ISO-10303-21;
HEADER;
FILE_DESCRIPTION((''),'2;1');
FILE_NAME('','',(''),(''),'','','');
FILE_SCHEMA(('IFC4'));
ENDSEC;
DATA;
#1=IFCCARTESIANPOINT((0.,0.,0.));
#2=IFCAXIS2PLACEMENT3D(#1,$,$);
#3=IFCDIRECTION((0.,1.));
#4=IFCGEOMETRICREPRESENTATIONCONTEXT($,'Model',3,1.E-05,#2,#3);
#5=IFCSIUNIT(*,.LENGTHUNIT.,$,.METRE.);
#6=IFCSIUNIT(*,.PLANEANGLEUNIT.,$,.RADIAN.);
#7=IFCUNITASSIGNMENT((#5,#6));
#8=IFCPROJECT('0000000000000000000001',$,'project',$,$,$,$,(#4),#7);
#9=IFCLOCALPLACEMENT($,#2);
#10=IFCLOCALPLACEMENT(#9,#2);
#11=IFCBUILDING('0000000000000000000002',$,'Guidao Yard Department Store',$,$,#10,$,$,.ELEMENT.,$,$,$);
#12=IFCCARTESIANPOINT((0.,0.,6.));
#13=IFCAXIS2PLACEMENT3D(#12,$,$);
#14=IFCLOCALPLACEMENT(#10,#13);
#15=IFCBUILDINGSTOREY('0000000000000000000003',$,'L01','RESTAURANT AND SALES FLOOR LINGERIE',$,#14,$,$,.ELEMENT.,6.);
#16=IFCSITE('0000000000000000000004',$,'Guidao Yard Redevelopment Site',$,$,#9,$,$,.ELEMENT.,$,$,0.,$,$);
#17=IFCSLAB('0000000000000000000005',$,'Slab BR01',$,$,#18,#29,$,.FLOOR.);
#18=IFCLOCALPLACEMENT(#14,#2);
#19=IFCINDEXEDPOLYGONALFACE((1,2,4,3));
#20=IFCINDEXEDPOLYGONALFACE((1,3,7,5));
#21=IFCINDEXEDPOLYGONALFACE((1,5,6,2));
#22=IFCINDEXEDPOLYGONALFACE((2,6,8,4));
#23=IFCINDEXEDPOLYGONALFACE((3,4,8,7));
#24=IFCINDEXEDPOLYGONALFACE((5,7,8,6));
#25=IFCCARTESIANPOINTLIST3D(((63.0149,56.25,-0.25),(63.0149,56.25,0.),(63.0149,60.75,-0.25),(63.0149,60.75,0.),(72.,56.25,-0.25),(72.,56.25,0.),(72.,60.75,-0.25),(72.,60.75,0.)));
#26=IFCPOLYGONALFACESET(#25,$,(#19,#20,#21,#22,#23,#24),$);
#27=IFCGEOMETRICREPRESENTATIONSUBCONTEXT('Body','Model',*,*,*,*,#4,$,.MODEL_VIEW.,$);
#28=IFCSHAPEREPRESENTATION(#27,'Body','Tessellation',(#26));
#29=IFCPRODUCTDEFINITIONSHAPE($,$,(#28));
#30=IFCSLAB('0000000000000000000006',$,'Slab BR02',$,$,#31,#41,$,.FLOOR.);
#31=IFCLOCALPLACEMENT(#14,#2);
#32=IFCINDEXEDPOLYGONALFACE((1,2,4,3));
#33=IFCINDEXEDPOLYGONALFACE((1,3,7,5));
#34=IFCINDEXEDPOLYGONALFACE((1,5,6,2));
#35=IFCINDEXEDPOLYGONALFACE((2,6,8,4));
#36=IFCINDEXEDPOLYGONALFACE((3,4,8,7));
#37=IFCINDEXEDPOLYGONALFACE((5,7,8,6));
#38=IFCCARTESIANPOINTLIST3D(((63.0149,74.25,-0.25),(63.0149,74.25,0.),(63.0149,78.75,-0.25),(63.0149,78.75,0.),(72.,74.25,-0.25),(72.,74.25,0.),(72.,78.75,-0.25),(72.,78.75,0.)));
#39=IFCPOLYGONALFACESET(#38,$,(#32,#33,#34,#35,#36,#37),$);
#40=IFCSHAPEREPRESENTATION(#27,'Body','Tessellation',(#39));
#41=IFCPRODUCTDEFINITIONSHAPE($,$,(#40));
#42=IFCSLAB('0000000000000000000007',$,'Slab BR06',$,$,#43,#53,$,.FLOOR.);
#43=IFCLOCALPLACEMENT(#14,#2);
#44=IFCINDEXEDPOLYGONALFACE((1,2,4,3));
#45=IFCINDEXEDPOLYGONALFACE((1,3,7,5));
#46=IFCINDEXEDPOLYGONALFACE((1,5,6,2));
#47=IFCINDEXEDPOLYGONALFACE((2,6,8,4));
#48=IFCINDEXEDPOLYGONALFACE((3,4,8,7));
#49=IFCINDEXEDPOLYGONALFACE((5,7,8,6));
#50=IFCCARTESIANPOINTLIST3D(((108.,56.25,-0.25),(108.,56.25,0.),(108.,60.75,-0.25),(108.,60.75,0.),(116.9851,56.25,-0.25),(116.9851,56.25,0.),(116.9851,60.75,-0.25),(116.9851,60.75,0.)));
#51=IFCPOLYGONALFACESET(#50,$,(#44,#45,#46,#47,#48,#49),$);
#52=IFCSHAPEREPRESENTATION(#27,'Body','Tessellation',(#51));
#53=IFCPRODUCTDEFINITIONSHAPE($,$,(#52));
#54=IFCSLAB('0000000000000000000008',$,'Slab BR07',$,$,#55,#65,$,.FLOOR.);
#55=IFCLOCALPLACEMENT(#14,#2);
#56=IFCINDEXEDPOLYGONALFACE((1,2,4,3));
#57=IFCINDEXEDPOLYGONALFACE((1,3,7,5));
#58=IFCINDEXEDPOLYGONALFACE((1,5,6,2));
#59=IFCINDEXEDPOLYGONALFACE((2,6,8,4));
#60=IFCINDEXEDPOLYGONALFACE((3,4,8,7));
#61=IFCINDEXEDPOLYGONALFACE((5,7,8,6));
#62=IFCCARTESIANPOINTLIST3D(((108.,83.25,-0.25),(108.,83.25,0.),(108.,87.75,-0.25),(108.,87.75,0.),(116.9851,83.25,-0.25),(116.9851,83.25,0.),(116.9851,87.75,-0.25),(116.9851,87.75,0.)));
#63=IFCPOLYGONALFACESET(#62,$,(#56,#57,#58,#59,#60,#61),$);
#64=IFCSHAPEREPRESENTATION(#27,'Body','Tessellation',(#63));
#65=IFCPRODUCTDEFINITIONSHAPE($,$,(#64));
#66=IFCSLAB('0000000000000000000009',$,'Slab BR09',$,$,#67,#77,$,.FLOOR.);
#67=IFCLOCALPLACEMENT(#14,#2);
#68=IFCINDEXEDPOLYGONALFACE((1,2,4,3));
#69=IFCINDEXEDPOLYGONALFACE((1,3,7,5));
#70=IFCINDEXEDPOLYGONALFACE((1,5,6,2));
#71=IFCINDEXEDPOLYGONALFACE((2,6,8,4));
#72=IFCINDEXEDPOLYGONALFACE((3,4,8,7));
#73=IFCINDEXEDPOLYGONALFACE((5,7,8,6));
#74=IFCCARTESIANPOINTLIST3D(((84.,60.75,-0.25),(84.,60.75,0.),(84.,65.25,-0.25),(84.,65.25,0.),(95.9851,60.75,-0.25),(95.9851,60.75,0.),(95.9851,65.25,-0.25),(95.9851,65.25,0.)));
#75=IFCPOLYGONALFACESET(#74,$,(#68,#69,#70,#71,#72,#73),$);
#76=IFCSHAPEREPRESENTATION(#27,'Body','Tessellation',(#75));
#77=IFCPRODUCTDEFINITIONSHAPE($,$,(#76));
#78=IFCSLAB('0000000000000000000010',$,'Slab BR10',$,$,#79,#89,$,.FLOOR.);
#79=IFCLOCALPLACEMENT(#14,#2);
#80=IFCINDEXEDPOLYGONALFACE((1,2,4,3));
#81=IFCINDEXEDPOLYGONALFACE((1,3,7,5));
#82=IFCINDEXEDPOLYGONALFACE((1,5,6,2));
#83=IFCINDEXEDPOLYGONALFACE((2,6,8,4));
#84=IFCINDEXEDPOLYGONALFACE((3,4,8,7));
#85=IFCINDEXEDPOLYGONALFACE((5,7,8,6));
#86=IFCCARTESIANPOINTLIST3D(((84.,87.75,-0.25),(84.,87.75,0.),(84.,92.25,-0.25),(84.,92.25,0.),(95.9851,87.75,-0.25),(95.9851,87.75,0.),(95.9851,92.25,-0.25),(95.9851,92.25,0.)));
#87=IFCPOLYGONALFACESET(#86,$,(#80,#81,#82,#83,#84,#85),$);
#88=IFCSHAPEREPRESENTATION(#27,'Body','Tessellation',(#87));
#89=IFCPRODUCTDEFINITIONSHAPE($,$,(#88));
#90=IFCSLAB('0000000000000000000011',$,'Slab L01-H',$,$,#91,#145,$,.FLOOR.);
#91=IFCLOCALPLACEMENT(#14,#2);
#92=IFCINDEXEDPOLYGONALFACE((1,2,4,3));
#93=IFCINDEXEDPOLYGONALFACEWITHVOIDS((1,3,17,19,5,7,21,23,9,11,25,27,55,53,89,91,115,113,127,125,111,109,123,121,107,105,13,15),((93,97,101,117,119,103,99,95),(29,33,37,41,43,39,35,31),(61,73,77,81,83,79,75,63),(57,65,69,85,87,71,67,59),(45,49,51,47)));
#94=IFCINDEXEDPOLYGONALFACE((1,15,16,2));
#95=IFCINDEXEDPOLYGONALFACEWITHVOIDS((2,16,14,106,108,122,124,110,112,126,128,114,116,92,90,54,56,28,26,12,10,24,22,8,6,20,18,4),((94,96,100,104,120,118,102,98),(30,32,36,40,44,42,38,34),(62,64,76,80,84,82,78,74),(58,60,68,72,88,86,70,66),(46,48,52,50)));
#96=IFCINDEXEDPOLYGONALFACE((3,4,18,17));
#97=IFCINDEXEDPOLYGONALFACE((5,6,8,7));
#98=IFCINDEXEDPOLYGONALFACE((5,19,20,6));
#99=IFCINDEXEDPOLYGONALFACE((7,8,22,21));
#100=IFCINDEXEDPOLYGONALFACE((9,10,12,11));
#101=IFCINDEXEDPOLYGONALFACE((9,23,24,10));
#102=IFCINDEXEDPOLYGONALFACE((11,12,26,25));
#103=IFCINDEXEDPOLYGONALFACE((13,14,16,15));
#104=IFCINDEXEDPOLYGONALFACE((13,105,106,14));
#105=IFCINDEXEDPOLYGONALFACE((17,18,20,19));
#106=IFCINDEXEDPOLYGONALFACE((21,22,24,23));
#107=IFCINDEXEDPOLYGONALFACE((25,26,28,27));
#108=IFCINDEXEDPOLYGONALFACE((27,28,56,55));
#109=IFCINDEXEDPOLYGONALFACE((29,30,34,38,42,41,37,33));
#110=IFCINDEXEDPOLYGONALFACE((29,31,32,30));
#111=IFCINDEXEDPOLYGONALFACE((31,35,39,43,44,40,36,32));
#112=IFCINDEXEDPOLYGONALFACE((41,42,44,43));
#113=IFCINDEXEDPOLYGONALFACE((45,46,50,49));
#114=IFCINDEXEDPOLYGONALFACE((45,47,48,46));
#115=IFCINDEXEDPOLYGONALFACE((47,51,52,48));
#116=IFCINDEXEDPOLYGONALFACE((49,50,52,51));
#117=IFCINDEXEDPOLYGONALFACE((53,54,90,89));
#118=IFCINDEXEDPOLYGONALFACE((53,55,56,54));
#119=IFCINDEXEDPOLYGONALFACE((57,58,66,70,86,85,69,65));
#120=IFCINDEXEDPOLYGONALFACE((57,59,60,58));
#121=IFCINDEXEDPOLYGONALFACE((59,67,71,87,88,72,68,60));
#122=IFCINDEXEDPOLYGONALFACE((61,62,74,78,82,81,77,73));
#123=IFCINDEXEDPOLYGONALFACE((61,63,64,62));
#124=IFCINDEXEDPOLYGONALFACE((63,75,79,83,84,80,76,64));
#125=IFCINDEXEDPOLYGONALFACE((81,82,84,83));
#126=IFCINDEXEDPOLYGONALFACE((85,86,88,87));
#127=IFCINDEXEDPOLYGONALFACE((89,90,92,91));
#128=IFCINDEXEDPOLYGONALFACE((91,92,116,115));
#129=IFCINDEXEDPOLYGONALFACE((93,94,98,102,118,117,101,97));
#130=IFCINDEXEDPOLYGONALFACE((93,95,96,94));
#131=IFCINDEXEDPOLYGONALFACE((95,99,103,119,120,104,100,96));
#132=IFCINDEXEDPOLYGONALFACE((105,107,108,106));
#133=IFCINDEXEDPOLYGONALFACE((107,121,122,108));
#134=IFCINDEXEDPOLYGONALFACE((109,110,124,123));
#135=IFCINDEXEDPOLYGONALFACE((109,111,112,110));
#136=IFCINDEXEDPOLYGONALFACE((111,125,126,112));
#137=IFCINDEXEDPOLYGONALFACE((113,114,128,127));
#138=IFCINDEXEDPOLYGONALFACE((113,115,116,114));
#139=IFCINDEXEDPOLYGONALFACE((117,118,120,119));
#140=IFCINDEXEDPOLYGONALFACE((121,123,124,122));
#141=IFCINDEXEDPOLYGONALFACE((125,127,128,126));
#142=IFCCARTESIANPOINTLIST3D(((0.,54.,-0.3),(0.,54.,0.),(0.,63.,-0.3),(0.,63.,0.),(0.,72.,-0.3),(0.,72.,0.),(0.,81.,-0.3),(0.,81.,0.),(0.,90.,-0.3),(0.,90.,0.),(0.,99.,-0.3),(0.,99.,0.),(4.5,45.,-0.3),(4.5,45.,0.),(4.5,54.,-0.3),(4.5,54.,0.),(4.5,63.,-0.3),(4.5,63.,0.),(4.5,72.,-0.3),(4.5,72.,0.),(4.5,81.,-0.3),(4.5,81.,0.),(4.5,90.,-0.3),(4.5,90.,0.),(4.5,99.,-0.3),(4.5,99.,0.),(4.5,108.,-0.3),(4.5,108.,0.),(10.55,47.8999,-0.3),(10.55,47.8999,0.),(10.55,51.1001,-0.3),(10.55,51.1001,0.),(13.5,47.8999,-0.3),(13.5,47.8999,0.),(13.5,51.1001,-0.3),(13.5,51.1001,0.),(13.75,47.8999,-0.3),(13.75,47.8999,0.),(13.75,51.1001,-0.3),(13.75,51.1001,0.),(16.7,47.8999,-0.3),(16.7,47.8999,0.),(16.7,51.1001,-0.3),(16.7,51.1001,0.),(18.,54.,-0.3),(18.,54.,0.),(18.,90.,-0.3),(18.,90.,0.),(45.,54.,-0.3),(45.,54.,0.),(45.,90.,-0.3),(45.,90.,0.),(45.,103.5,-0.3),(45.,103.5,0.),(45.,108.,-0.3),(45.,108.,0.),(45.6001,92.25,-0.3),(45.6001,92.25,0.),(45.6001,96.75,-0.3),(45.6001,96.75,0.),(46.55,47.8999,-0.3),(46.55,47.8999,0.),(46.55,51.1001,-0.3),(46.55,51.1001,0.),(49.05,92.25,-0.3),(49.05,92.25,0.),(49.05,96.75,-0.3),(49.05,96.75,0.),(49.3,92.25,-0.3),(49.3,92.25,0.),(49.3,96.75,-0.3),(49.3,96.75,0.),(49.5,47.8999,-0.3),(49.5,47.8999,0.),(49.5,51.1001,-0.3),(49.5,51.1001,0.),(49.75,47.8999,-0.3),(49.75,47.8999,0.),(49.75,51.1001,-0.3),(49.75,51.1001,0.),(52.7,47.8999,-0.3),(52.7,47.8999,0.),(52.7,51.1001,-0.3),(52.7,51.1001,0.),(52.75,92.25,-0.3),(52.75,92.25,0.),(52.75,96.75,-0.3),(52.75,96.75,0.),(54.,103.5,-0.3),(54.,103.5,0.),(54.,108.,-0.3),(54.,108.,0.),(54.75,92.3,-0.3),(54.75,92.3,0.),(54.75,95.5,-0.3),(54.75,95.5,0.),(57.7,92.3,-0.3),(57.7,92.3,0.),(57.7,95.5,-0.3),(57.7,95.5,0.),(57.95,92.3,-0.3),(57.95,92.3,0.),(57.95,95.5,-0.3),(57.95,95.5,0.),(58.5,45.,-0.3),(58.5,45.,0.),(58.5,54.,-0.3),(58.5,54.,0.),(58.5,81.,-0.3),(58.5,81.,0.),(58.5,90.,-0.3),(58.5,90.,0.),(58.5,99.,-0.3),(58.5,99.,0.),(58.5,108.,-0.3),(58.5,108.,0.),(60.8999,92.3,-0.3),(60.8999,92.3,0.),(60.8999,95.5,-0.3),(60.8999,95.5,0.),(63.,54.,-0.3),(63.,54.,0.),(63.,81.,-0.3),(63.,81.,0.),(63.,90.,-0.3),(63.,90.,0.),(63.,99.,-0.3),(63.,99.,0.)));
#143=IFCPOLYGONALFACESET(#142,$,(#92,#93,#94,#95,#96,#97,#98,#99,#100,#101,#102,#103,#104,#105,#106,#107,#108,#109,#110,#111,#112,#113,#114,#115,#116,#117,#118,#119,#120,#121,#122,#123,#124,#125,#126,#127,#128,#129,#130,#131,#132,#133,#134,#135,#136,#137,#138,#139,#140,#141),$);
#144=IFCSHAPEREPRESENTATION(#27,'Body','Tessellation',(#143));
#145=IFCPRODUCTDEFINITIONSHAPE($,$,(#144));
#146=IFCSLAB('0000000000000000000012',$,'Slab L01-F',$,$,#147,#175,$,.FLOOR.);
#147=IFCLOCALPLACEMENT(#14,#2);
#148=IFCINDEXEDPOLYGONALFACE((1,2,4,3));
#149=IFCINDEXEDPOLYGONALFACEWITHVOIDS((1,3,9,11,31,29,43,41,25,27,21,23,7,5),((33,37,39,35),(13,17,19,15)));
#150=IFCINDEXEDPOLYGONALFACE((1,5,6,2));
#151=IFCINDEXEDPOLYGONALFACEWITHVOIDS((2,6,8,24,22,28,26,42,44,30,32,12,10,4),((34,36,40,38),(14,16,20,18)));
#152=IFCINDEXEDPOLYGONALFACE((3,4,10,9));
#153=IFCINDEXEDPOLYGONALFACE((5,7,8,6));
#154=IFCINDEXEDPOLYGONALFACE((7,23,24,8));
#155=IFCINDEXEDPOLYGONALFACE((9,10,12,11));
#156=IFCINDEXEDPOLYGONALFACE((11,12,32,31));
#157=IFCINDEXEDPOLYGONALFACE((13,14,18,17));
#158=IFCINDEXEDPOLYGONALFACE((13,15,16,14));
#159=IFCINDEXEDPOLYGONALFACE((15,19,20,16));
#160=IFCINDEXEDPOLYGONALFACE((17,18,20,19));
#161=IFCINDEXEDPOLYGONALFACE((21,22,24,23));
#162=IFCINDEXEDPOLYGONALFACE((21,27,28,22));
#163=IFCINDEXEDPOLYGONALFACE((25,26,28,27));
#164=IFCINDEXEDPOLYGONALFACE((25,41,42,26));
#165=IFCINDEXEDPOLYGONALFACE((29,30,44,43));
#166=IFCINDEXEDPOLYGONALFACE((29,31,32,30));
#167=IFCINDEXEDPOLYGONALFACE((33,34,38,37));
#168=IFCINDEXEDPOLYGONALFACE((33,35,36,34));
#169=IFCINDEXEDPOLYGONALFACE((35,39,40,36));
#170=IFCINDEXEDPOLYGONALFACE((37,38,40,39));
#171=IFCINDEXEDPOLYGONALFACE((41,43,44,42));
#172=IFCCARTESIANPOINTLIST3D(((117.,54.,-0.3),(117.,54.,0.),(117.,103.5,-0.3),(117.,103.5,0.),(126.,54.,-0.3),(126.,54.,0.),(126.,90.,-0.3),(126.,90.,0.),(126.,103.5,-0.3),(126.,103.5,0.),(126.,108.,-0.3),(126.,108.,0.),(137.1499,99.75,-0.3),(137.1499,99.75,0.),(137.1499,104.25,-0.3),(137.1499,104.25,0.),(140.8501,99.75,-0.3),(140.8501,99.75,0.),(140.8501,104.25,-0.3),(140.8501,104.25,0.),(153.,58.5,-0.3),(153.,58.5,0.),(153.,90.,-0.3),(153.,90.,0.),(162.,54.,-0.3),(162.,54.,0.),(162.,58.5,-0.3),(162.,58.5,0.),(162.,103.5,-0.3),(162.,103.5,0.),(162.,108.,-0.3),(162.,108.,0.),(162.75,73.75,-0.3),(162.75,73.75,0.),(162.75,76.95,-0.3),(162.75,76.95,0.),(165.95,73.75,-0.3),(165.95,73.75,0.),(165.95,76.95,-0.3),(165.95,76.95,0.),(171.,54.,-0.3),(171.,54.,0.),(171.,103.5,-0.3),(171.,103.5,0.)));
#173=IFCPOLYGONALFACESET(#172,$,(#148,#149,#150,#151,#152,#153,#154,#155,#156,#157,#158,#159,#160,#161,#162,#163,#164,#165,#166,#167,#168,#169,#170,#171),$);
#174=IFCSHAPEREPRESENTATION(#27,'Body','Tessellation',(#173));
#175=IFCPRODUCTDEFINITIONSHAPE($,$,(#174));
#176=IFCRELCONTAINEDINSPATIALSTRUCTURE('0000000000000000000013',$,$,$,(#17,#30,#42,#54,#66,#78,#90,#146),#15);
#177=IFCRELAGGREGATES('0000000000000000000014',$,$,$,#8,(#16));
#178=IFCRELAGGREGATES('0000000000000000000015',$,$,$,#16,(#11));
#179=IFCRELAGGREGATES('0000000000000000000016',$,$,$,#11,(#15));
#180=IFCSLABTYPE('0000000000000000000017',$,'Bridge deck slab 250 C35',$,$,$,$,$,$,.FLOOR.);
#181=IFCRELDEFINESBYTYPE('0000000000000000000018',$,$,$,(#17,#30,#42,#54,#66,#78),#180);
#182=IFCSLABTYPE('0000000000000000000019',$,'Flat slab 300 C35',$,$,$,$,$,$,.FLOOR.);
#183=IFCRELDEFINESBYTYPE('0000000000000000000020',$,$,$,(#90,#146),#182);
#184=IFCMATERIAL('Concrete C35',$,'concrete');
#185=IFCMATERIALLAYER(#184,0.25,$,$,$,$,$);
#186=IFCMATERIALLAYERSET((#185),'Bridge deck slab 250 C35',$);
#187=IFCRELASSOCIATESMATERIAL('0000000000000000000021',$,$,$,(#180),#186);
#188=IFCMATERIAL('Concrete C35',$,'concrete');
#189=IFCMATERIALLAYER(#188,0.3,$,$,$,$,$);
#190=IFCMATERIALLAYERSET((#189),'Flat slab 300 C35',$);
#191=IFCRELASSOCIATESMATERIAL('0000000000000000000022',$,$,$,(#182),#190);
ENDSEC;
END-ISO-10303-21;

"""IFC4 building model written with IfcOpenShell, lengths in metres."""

from ifc_helpers import new_model, si_unit, direction, frame, origin, place, context, subcontext, project, spatial, polyline, outline, extrude, material, layer, layer_set, type_object, element, save


model = new_model("IFC4")

# Units and contexts
model_context = context("Model", 3, precision=1e-05, world=origin(), true_north=direction((0.0, 1.0)))
body_context = subcontext(model_context, "Body", "Model", "MODEL_VIEW")
ifc_project = project(units=[si_unit("LENGTHUNIT", "METRE"), si_unit("PLANEANGLEUNIT", "RADIAN")], contexts=[model_context])

# Site, building, storey
site_placement = place(None, origin())
site = spatial("IfcSite", under=ifc_project, at=site_placement, Name="Guidao Yard Redevelopment Site", CompositionType="ELEMENT", RefElevation=0.0)
building_placement = place(site_placement, origin())
building = spatial("IfcBuilding", under=site, at=building_placement, Name="Guidao Yard Department Store", CompositionType="ELEMENT")
storey_placement = place(building_placement, frame((0.0, 0.0, 6.0)))
storey = spatial("IfcBuildingStorey", under=building, at=storey_placement, Name="L01", Description="RESTAURANT AND SALES FLOOR LINGERIE", CompositionType="ELEMENT", Elevation=6.0)

# Slabs
ifc_material_1 = material(Name="Concrete C35", Category="concrete")
ifc_layer_1 = layer(ifc_material_1, 0.25)
ifc_layer_set_1 = layer_set([ifc_layer_1], Name="Bridge deck slab 250 C35")
slab_type_1 = type_object("IfcSlabType", Name="Bridge deck slab 250 C35", PredefinedType="FLOOR", material=ifc_layer_set_1)
slab_1_placement = place(storey_placement, frame((0.0, 0.0, -0.25)))
element("IfcSlab", 1, at=slab_1_placement, inside=storey, type_object=slab_type_1, Name="Slab BR01", PredefinedType="FLOOR", context=body_context, shape_type="SweptSolid", body=[
    extrude(outline(polyline([(63.0149, 56.25), (63.0149, 60.75), (72.0, 60.75), (72.0, 56.25), (63.0149, 56.25)])), origin(), (0.0, 0.0, 1.0), 0.25),
])
slab_2_placement = place(storey_placement, frame((0.0, 0.0, -0.25)))
element("IfcSlab", 2, at=slab_2_placement, inside=storey, type_object=slab_type_1, Name="Slab BR02", PredefinedType="FLOOR", context=body_context, shape_type="SweptSolid", body=[
    extrude(outline(polyline([(63.0149, 74.25), (63.0149, 78.75), (72.0, 78.75), (72.0, 74.25), (63.0149, 74.25)])), origin(), (0.0, 0.0, 1.0), 0.25),
])
slab_3_placement = place(storey_placement, frame((0.0, 0.0, -0.25)))
element("IfcSlab", 3, at=slab_3_placement, inside=storey, type_object=slab_type_1, Name="Slab BR06", PredefinedType="FLOOR", context=body_context, shape_type="SweptSolid", body=[
    extrude(outline(polyline([(108.0, 56.25), (108.0, 60.75), (116.9851, 60.75), (116.9851, 56.25), (108.0, 56.25)])), origin(), (0.0, 0.0, 1.0), 0.25),
])
slab_4_placement = place(storey_placement, frame((0.0, 0.0, -0.25)))
element("IfcSlab", 4, at=slab_4_placement, inside=storey, type_object=slab_type_1, Name="Slab BR07", PredefinedType="FLOOR", context=body_context, shape_type="SweptSolid", body=[
    extrude(outline(polyline([(108.0, 83.25), (108.0, 87.75), (116.9851, 87.75), (116.9851, 83.25), (108.0, 83.25)])), origin(), (0.0, 0.0, 1.0), 0.25),
])
slab_5_placement = place(storey_placement, frame((0.0, 0.0, -0.25)))
element("IfcSlab", 5, at=slab_5_placement, inside=storey, type_object=slab_type_1, Name="Slab BR09", PredefinedType="FLOOR", context=body_context, shape_type="SweptSolid", body=[
    extrude(outline(polyline([(95.9851, 60.75), (84.0, 60.75), (84.0, 65.25), (95.9851, 65.25), (95.9851, 60.75)])), origin(), (0.0, 0.0, 1.0), 0.25),
])
slab_6_placement = place(storey_placement, frame((0.0, 0.0, -0.25)))
element("IfcSlab", 6, at=slab_6_placement, inside=storey, type_object=slab_type_1, Name="Slab BR10", PredefinedType="FLOOR", context=body_context, shape_type="SweptSolid", body=[
    extrude(outline(polyline([(95.9851, 87.75), (84.0, 87.75), (84.0, 92.25), (95.9851, 92.25), (95.9851, 87.75)])), origin(), (0.0, 0.0, 1.0), 0.25),
])
ifc_material_2 = material(Name="Concrete C35", Category="concrete")
ifc_layer_2 = layer(ifc_material_2, 0.3)
ifc_layer_set_2 = layer_set([ifc_layer_2], Name="Flat slab 300 C35")
slab_type_2 = type_object("IfcSlabType", Name="Flat slab 300 C35", PredefinedType="FLOOR", material=ifc_layer_set_2)
slab_7_placement = place(storey_placement, frame((0.0, 0.0, -0.3)))
element("IfcSlab", 7, at=slab_7_placement, inside=storey, type_object=slab_type_2, Name="Slab L01-H", PredefinedType="FLOOR", context=body_context, shape_type="SweptSolid", body=[
    extrude(outline(polyline([(58.5, 54.0), (58.5, 45.0), (4.5, 45.0), (4.5, 54.0), (0.0, 54.0), (0.0, 63.0), (4.5, 63.0), (4.5, 72.0), (0.0, 72.0), (0.0, 81.0), (4.5, 81.0), (4.5, 90.0), (0.0, 90.0), (0.0, 99.0), (4.5, 99.0), (4.5, 108.0), (45.0, 108.0), (45.0, 103.5), (54.0, 103.5), (54.0, 108.0), (58.5, 108.0), (58.5, 99.0), (63.0, 99.0), (63.0, 90.0), (58.5, 90.0), (58.5, 81.0), (63.0, 81.0), (63.0, 54.0), (58.5, 54.0)]), holes=[polyline([(16.7, 51.1001), (13.75, 51.1001), (13.5, 51.1001), (10.55, 51.1001), (10.55, 47.8999), (13.5, 47.8999), (13.75, 47.8999), (16.7, 47.8999), (16.7, 51.1001)]), polyline([(46.55, 47.8999), (49.5, 47.8999), (49.75, 47.8999), (52.7, 47.8999), (52.7, 51.1001), (49.75, 51.1001), (49.5, 51.1001), (46.55, 51.1001), (46.55, 47.8999)]), polyline([(18.0, 54.0), (45.0, 54.0), (45.0, 90.0), (18.0, 90.0), (18.0, 54.0)]), polyline([(54.75, 95.5), (54.75, 92.3), (57.7, 92.3), (57.95, 92.3), (60.8999, 92.3), (60.8999, 95.5), (57.95, 95.5), (57.7, 95.5), (54.75, 95.5)]), polyline([(52.75, 92.25), (52.75, 96.75), (49.3, 96.75), (49.05, 96.75), (45.6001, 96.75), (45.6001, 92.25), (49.05, 92.25), (49.3, 92.25), (52.75, 92.25)])]), origin(), (0.0, 0.0, 1.0), 0.3),
])
slab_8_placement = place(storey_placement, frame((0.0, 0.0, -0.3)))
element("IfcSlab", 8, at=slab_8_placement, inside=storey, type_object=slab_type_2, Name="Slab L01-F", PredefinedType="FLOOR", context=body_context, shape_type="SweptSolid", body=[
    extrude(outline(polyline([(162.0, 54.0), (162.0, 58.5), (153.0, 58.5), (153.0, 90.0), (126.0, 90.0), (126.0, 54.0), (117.0, 54.0), (117.0, 103.5), (126.0, 103.5), (126.0, 108.0), (162.0, 108.0), (162.0, 103.5), (171.0, 103.5), (171.0, 54.0), (162.0, 54.0)]), holes=[polyline([(165.95, 73.75), (165.95, 76.95), (162.75, 76.95), (162.75, 73.75), (165.95, 73.75)]), polyline([(137.1499, 99.75), (140.8501, 99.75), (140.8501, 104.25), (137.1499, 104.25), (137.1499, 99.75)])]), origin(), (0.0, 0.0, 1.0), 0.3),
])

save(model, "model.ifc")
